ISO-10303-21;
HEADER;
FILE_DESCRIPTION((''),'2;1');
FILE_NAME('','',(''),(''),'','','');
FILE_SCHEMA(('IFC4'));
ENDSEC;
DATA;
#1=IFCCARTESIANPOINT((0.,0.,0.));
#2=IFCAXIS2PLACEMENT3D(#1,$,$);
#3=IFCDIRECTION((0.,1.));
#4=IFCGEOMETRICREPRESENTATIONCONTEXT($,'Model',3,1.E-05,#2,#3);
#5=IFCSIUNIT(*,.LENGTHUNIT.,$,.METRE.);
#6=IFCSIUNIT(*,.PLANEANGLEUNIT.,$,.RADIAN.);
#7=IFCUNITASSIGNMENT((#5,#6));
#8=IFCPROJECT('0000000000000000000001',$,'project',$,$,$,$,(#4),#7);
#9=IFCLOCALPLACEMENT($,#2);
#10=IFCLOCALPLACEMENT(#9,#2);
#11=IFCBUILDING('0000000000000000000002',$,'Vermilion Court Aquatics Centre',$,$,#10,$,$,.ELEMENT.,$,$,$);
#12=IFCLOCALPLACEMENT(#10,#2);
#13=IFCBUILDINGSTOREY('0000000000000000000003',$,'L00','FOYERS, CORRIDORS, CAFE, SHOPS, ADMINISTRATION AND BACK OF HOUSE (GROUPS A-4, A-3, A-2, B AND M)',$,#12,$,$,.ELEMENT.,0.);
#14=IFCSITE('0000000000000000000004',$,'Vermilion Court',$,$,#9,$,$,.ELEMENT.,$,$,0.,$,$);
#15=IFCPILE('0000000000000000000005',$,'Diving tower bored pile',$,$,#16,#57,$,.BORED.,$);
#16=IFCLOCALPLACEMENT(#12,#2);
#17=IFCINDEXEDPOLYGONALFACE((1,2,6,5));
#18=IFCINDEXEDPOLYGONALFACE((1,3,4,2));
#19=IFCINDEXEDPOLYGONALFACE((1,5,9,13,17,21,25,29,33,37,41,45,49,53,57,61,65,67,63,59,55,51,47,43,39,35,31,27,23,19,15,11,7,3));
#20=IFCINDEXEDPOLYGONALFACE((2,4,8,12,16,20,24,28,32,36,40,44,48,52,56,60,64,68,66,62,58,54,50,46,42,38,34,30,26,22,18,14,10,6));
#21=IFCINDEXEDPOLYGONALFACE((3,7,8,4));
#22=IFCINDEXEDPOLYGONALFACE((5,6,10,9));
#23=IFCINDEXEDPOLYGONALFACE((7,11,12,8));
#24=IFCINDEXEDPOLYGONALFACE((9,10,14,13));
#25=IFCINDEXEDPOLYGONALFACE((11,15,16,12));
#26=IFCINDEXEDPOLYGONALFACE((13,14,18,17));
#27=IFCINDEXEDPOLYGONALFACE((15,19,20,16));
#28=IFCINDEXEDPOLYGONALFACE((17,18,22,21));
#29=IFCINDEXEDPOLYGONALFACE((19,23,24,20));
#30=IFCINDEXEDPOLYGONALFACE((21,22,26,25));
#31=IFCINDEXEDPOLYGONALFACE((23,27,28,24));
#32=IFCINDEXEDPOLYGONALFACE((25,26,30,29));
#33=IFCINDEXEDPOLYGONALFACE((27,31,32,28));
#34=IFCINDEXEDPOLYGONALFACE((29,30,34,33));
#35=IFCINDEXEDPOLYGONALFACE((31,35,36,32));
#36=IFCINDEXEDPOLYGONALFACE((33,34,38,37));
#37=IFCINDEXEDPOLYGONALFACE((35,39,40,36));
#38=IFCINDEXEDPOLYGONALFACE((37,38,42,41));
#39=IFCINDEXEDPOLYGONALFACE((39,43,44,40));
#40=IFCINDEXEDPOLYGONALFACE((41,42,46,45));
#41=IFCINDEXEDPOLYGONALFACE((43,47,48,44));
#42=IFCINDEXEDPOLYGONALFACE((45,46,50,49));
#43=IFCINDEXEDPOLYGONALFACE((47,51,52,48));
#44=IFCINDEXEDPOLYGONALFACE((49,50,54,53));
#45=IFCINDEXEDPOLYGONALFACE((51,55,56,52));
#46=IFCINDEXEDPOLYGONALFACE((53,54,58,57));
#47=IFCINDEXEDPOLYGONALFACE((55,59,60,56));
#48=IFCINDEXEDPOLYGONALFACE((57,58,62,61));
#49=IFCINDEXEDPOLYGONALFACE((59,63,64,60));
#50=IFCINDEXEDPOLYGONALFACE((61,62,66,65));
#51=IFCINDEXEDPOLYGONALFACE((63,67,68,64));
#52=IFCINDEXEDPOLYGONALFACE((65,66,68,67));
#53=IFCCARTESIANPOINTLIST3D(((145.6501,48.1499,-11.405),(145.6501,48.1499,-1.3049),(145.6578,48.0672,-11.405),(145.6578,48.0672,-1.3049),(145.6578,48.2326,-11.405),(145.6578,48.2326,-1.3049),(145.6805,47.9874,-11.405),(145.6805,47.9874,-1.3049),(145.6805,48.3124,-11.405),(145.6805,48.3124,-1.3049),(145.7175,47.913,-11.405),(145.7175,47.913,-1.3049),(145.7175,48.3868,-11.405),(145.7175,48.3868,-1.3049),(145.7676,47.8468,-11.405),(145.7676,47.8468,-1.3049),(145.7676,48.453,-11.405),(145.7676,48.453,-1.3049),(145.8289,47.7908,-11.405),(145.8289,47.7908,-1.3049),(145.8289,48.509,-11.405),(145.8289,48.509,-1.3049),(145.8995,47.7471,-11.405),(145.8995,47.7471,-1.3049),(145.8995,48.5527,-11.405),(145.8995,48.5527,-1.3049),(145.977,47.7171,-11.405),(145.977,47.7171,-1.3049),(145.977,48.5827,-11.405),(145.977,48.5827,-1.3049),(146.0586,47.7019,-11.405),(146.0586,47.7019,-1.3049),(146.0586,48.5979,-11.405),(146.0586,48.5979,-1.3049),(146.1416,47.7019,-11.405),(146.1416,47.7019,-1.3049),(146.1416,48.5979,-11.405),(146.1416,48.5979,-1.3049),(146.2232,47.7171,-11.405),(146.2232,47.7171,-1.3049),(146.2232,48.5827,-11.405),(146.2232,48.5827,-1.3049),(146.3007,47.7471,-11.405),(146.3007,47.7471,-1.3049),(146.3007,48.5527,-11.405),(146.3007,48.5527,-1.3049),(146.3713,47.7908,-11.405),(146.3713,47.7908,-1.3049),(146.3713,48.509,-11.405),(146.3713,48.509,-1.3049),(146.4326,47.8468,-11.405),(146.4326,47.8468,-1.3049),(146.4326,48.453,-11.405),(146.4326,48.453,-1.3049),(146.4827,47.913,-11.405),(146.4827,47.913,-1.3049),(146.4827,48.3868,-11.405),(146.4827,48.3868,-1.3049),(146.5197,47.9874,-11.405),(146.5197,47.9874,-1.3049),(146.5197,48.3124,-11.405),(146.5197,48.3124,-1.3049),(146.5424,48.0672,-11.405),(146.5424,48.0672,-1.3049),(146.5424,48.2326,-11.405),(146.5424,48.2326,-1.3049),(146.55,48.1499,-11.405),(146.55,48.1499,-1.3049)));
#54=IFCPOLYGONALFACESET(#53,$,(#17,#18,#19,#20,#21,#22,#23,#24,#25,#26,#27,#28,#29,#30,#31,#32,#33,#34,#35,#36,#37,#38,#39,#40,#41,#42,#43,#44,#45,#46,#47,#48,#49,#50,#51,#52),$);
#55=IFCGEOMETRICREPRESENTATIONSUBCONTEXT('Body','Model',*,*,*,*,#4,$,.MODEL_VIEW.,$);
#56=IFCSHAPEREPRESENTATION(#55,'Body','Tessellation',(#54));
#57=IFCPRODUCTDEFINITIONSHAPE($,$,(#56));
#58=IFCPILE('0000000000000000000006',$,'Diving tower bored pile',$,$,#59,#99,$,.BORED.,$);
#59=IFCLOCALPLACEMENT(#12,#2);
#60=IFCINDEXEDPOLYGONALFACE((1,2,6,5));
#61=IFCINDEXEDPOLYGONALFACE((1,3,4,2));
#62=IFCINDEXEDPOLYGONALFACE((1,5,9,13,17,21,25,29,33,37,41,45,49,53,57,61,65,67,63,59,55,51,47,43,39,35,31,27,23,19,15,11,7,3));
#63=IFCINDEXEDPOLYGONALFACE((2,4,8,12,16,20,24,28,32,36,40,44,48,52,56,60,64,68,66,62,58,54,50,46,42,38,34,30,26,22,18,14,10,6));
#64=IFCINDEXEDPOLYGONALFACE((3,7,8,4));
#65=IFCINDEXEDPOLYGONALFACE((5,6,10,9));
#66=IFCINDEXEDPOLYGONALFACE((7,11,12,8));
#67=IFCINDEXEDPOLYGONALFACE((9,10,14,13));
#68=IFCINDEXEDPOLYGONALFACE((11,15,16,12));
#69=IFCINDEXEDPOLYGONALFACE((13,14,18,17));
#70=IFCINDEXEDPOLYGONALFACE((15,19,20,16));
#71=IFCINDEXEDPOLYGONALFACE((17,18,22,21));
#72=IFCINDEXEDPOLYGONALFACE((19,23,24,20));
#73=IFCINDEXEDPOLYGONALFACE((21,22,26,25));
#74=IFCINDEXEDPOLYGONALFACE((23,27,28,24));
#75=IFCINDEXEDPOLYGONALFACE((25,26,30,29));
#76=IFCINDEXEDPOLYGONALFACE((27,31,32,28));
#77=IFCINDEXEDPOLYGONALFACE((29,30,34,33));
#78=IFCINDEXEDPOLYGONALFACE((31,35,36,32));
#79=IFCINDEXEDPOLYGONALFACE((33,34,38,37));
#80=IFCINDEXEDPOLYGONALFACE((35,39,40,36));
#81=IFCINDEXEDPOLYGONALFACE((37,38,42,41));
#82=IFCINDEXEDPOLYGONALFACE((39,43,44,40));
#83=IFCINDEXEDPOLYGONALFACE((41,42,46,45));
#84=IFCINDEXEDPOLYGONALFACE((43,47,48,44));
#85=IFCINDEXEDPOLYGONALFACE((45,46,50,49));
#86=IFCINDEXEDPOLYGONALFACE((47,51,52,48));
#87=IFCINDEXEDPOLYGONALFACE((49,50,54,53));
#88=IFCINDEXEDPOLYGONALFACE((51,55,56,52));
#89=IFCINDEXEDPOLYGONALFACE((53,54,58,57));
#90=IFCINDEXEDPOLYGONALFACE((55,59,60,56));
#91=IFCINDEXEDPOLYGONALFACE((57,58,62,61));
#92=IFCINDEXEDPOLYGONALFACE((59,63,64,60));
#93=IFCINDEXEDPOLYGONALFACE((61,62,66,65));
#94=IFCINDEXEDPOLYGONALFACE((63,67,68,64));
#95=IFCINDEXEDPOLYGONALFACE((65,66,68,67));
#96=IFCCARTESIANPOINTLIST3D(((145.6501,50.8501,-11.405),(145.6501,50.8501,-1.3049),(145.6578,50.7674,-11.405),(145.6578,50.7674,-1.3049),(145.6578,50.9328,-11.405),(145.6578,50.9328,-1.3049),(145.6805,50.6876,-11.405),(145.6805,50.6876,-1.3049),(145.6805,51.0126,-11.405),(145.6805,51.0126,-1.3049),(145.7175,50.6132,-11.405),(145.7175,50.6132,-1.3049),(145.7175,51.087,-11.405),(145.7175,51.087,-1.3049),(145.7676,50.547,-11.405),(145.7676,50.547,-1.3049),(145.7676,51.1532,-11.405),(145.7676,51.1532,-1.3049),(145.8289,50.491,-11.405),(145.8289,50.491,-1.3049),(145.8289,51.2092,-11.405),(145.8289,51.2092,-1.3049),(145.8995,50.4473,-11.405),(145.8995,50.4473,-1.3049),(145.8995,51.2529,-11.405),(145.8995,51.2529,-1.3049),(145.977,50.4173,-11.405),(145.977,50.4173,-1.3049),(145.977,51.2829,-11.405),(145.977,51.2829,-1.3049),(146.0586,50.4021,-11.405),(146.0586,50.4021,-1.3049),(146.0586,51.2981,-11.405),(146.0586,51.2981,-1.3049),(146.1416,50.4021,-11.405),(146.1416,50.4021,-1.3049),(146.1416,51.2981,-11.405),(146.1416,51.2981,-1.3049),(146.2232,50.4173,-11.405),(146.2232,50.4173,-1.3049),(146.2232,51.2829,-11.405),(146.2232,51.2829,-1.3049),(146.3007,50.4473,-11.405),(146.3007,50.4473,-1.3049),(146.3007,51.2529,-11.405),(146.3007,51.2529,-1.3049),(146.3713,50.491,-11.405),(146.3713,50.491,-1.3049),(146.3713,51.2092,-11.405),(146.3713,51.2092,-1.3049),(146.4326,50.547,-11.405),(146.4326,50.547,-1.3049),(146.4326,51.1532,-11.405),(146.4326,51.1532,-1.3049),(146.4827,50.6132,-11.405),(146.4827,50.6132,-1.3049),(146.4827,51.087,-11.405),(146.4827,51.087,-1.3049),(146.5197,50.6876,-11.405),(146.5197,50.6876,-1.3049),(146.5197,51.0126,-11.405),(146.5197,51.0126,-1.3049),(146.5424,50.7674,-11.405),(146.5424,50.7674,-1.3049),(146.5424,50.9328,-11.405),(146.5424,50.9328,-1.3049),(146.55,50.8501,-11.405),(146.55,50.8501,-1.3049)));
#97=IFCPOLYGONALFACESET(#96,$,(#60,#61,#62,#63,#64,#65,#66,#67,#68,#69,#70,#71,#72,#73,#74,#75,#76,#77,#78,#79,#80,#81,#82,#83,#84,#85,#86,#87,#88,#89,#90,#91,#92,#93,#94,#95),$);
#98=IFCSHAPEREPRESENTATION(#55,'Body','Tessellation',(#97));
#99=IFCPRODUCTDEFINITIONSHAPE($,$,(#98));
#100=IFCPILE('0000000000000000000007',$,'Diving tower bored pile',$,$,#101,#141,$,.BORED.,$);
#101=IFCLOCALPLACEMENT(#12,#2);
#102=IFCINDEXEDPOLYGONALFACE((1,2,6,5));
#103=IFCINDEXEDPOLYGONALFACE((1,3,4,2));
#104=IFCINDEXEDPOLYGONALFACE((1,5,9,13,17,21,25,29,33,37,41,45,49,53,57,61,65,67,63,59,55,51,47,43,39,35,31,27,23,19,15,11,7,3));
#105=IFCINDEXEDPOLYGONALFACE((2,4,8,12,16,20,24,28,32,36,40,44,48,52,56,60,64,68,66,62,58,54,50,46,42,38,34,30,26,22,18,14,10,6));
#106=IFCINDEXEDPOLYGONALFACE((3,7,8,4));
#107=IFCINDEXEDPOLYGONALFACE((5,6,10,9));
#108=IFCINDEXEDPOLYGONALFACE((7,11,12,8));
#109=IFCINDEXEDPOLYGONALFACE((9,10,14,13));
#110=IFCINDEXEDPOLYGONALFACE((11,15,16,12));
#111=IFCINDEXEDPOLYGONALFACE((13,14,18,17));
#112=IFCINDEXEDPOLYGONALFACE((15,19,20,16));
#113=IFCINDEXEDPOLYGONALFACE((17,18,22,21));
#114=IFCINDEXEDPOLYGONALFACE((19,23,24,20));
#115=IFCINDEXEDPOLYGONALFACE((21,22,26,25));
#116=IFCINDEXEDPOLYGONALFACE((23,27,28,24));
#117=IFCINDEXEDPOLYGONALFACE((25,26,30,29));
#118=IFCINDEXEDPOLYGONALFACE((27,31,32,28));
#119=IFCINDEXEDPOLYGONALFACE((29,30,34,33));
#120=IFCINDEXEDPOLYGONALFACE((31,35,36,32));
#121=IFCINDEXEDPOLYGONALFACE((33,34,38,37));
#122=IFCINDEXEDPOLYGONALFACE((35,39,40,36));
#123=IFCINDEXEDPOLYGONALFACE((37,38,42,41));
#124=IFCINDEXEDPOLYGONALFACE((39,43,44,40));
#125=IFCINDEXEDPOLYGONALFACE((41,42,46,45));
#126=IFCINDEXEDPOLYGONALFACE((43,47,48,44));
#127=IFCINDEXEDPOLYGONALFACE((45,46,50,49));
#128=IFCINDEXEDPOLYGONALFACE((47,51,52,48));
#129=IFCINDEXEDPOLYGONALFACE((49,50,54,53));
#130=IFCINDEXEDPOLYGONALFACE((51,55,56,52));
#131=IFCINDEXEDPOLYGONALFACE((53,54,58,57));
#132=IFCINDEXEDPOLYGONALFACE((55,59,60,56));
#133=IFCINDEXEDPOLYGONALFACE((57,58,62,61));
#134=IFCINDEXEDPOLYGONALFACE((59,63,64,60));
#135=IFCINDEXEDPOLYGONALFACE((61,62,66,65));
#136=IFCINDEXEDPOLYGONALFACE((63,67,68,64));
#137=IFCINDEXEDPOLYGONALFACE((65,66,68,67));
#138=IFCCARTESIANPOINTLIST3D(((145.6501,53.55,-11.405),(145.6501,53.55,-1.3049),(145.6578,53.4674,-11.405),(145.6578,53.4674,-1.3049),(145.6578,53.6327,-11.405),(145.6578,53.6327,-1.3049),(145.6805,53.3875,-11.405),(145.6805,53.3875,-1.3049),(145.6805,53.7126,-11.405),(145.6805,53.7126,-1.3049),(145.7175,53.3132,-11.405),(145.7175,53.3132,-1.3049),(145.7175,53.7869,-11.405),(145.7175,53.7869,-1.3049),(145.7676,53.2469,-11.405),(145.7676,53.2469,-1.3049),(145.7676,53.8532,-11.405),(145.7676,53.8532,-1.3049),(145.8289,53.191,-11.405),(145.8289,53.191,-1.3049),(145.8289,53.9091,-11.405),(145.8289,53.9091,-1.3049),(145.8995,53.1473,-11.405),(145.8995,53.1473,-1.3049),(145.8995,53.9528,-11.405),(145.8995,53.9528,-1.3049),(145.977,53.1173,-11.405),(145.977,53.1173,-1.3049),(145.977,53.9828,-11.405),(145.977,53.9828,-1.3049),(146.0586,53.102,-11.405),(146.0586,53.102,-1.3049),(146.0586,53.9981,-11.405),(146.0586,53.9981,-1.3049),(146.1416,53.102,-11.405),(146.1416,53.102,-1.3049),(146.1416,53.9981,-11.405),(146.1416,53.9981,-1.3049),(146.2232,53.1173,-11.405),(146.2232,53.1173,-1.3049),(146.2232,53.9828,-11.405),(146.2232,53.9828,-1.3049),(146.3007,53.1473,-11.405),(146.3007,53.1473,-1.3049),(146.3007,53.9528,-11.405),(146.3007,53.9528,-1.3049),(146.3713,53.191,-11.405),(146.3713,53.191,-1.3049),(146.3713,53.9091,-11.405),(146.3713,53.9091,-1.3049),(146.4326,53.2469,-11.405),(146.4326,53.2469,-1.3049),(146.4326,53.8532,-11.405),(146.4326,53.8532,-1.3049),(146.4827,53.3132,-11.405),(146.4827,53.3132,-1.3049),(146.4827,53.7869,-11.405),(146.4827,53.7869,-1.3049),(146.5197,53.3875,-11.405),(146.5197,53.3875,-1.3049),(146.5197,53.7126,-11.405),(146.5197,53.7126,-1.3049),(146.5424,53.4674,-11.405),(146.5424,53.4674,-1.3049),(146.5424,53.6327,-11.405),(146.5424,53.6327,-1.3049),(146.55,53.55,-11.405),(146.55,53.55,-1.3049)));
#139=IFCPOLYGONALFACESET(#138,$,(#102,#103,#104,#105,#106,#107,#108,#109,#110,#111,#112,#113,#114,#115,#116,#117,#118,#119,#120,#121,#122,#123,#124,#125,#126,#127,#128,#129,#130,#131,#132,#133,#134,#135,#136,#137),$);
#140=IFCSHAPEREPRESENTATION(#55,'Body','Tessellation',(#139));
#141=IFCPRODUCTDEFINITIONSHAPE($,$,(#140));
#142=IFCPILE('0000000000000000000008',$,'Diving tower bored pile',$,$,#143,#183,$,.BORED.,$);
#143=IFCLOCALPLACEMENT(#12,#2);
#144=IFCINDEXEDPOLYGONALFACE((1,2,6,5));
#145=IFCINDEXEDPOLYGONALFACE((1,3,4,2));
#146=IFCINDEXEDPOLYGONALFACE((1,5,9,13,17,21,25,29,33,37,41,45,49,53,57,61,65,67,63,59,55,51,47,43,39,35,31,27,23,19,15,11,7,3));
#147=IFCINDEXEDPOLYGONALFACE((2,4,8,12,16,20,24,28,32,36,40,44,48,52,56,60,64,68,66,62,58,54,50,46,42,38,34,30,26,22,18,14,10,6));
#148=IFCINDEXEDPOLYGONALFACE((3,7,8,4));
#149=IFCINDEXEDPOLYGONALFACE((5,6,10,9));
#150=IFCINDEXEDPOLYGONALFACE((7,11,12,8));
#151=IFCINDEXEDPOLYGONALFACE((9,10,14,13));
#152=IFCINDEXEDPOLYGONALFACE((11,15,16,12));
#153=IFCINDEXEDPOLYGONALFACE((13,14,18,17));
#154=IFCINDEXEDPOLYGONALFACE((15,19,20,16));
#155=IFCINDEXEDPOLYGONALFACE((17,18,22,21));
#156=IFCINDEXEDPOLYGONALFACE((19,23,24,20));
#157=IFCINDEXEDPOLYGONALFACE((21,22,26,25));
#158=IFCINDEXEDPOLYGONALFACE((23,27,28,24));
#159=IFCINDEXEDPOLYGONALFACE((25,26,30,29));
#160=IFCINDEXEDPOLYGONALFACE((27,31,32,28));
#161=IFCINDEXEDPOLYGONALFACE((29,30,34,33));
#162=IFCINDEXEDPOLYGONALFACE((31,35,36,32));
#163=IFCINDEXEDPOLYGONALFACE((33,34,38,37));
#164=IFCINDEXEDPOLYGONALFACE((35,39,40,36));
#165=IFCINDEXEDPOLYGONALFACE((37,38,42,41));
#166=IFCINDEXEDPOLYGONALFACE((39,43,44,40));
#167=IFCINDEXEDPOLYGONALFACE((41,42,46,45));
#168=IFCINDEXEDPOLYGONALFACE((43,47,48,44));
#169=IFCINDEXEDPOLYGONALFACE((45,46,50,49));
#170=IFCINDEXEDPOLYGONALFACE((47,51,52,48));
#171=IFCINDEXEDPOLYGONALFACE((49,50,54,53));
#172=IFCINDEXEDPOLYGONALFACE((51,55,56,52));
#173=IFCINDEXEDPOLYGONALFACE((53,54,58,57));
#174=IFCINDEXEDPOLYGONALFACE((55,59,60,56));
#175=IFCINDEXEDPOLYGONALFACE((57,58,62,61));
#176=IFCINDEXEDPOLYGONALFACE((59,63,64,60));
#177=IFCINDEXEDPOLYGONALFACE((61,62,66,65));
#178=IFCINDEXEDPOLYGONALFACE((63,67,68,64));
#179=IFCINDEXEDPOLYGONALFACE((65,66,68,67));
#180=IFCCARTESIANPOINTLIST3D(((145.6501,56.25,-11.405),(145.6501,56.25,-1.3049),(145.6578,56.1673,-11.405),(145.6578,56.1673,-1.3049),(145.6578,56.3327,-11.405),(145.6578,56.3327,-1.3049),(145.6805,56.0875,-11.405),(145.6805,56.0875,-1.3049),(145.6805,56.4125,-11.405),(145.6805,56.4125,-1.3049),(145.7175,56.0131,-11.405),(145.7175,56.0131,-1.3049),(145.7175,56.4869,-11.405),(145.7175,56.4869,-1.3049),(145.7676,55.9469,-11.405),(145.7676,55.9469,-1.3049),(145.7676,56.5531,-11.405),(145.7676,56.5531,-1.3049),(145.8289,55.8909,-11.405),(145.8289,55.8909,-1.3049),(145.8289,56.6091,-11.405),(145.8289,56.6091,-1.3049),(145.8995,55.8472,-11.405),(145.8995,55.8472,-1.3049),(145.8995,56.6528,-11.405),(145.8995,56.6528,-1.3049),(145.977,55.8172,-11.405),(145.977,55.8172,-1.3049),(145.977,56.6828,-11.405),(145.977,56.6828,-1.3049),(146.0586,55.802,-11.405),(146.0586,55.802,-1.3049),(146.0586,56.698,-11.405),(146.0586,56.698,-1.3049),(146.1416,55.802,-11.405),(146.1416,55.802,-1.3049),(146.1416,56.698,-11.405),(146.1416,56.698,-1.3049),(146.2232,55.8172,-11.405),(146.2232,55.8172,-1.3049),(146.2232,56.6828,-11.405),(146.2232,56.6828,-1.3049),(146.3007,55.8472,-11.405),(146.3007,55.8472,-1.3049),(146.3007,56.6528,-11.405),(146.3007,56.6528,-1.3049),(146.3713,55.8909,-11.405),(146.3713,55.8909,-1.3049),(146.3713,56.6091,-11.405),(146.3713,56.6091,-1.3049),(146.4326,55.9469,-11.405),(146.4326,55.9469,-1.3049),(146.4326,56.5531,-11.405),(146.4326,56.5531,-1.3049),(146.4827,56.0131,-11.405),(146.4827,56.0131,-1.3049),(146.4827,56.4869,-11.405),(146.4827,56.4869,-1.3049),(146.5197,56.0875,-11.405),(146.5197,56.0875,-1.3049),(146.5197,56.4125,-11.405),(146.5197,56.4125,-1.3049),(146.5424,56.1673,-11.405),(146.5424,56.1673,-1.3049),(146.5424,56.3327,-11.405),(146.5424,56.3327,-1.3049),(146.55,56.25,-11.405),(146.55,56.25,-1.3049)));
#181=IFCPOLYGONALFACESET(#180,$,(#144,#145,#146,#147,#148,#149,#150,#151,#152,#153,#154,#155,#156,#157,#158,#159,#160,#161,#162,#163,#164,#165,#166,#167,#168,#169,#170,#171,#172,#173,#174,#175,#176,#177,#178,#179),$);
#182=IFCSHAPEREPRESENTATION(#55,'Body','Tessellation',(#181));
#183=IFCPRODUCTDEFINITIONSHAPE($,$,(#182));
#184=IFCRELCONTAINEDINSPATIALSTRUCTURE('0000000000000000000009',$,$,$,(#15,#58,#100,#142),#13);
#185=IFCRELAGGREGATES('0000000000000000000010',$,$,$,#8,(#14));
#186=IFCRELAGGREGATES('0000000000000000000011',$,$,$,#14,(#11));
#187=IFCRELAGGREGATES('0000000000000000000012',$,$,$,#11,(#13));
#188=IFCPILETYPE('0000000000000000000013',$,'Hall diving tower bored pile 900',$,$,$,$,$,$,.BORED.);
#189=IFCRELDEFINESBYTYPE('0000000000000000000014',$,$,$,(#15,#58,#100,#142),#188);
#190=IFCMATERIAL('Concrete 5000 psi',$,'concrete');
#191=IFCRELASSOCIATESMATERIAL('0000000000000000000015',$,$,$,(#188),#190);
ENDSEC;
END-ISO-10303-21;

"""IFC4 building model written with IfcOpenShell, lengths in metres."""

from ifc_helpers import new_model, si_unit, direction, frame, origin, origin_2d, place, context, subcontext, project, spatial, circle, extrude, material, material_profile, profile_set, type_object, element, save


model = new_model("IFC4")

# Units and contexts
model_context = context("Model", 3, precision=1e-05, world=origin(), true_north=direction((0.0, 1.0)))
body_context = subcontext(model_context, "Body", "Model", "MODEL_VIEW")
ifc_project = project(units=[si_unit("LENGTHUNIT", "METRE"), si_unit("PLANEANGLEUNIT", "RADIAN")], contexts=[model_context])

# Site, building, storey
site_placement = place(None, origin())
site = spatial("IfcSite", under=ifc_project, at=site_placement, Name="Vermilion Court", CompositionType="ELEMENT", RefElevation=0.0)
building_placement = place(site_placement, origin())
building = spatial("IfcBuilding", under=site, at=building_placement, Name="Vermilion Court Aquatics Centre", CompositionType="ELEMENT")
storey_placement = place(building_placement, origin())
storey = spatial("IfcBuildingStorey", under=building, at=storey_placement, Name="L00", Description="FOYERS, CORRIDORS, CAFE, SHOPS, ADMINISTRATION AND BACK OF HOUSE (GROUPS A-4, A-3, A-2, B AND M)", CompositionType="ELEMENT", Elevation=0.0)

# Piles
ifc_material_1 = material(Name="Concrete 5000 psi", Category="concrete")
ifc_material_profile_1 = material_profile(ifc_material_1, circle(Radius=0.45, at=origin_2d()), Name="D900")
ifc_profile_set_1 = profile_set([ifc_material_profile_1], Name="Concrete 5000 psi")
pile_type = type_object("IfcPileType", Name="Hall diving tower bored pile 900", PredefinedType="BORED", material=ifc_profile_set_1)
for number, where, z_axis, x_axis, name in (
    (1, (146.1001, 48.1499, -1.3049), (0.0, 0.0, -1.0), (1.0, 0.0, 0.0), "Diving tower bored pile"),
    (2, (146.1001, 50.8501, -1.3049), (0.0, 0.0, -1.0), (1.0, 0.0, 0.0), "Diving tower bored pile"),
    (3, (146.1001, 53.55, -1.3049), (0.0, 0.0, -1.0), (1.0, 0.0, 0.0), "Diving tower bored pile"),
    (4, (146.1001, 56.25, -1.3049), (0.0, 0.0, -1.0), (1.0, 0.0, 0.0), "Diving tower bored pile"),
):
    element("IfcPile", number, at=place(storey_placement, frame(where, z_axis=z_axis, x_axis=x_axis)), inside=storey, type_object=pile_type, Name=name, PredefinedType="BORED", context=body_context, shape_type="SweptSolid", body=[
        extrude(circle(Radius=0.45, at=origin_2d()), origin(), (0.0, 0.0, 1.0), 10.1001),
    ])

save(model, "model.ifc")
